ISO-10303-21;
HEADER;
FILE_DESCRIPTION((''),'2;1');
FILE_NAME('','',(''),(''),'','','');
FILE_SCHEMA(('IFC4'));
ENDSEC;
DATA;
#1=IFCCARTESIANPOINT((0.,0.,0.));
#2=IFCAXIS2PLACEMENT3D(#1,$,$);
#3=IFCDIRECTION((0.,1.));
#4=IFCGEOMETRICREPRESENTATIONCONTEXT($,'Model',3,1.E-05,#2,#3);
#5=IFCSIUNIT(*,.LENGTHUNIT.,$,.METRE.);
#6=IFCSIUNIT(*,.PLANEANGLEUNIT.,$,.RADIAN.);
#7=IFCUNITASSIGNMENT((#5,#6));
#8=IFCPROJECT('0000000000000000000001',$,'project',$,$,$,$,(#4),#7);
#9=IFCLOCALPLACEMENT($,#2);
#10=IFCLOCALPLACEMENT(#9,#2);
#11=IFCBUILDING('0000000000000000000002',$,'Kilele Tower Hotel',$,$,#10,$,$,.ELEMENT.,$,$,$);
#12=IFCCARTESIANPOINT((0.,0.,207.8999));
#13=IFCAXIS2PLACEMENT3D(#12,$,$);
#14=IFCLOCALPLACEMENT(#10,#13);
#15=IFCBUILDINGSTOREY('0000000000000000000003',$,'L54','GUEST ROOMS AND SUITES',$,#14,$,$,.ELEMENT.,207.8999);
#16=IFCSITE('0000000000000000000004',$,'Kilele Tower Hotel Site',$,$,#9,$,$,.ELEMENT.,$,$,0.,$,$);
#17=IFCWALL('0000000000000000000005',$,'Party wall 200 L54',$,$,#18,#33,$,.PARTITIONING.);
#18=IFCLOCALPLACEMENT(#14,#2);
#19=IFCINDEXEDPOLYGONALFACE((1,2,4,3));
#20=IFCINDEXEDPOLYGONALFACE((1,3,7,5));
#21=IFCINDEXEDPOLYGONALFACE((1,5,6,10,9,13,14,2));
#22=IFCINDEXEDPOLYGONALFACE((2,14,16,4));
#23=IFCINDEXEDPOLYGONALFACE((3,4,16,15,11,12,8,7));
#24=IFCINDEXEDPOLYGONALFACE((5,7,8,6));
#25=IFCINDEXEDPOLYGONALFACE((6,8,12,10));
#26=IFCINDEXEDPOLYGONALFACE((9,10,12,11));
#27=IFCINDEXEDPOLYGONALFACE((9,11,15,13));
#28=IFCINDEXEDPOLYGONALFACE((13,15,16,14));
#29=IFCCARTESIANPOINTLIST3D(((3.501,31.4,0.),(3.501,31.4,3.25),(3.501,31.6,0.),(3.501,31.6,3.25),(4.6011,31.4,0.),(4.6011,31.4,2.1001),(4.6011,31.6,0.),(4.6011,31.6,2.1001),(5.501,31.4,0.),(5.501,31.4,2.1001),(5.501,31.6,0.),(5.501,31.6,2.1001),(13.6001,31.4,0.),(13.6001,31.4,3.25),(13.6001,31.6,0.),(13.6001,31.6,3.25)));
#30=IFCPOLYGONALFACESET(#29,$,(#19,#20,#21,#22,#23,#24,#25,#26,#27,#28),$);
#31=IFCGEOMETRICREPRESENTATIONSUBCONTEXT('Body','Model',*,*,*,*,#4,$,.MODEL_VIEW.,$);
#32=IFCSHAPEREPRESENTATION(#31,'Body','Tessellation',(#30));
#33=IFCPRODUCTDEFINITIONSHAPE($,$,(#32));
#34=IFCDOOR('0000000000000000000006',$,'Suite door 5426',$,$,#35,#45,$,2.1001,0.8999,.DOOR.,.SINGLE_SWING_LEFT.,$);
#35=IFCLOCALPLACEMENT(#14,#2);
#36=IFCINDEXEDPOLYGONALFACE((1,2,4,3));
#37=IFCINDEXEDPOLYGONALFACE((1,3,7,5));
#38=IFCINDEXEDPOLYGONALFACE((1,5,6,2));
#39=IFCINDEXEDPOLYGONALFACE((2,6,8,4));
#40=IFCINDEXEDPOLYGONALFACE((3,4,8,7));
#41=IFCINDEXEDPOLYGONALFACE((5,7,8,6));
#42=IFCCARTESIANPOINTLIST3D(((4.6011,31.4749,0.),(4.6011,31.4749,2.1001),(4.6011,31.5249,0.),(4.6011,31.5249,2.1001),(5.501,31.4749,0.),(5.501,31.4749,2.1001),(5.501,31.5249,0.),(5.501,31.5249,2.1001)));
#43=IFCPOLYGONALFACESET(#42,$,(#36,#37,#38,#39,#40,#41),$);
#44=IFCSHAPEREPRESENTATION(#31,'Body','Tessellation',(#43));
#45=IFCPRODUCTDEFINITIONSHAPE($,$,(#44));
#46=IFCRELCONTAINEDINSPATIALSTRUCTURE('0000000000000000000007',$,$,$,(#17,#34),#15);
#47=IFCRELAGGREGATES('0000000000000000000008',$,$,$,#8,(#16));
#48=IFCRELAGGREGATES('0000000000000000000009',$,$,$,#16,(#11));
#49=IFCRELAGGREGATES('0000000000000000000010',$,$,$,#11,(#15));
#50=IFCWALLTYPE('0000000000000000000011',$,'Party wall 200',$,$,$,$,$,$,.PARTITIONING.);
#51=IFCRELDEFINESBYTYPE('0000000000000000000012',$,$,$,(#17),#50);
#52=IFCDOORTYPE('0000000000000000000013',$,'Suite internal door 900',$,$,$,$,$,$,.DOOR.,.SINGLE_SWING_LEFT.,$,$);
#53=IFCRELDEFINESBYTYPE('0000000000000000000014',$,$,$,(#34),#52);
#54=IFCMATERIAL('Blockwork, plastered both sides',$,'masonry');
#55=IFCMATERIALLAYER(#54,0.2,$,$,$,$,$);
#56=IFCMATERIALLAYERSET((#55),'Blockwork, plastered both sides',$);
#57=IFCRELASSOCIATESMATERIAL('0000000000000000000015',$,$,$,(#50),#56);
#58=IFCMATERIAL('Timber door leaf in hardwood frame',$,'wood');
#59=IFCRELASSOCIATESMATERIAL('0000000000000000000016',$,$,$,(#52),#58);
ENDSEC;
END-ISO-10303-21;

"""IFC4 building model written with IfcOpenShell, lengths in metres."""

from ifc_helpers import new_model, si_unit, direction, frame, frame_2d, origin, place, context, subcontext, project, spatial, rectangle, extrude, material, layer, layer_set, type_object, element, fill, save


model = new_model("IFC4")

# Units and contexts
model_context = context("Model", 3, precision=1e-05, world=origin(), true_north=direction((0.0, 1.0)))
body_context = subcontext(model_context, "Body", "Model", "MODEL_VIEW")
ifc_project = project(units=[si_unit("LENGTHUNIT", "METRE"), si_unit("PLANEANGLEUNIT", "RADIAN")], contexts=[model_context])

# Site, building, storey
site_placement = place(None, origin())
site = spatial("IfcSite", under=ifc_project, at=site_placement, Name="Kilele Tower Hotel Site", CompositionType="ELEMENT", RefElevation=0.0)
building_placement = place(site_placement, origin())
building = spatial("IfcBuilding", under=site, at=building_placement, Name="Kilele Tower Hotel", CompositionType="ELEMENT")
storey_placement = place(building_placement, frame((0.0, 0.0, 207.8999)))
storey = spatial("IfcBuildingStorey", under=building, at=storey_placement, Name="L54", Description="GUEST ROOMS AND SUITES", CompositionType="ELEMENT", Elevation=207.8999)

# Wall, opening, door
ifc_material_1 = material(Name="Blockwork, plastered both sides", Category="masonry")
ifc_layer_1 = layer(ifc_material_1, 0.2)
ifc_layer_set_1 = layer_set([ifc_layer_1], Name="Blockwork, plastered both sides")
wall_type_1 = type_object("IfcWallType", Name="Party wall 200", PredefinedType="PARTITIONING", material=ifc_layer_set_1)
wall_1_placement = place(storey_placement, frame((13.6001, 31.5, 0.0), z_axis=(0.0, 0.0, 1.0), x_axis=(-1.0, 0.0, 0.0)))
wall_1 = element("IfcWall", 1, at=wall_1_placement, inside=storey, type_object=wall_type_1, Name="Party wall 200 L54", PredefinedType="PARTITIONING", context=body_context, shape_type="SweptSolid", body=[
    extrude(rectangle(XDim=10.0991, YDim=0.2, at=frame_2d((5.0496, 0.0))), origin(), (0.0, 0.0, 1.0), 3.25),
])
opening_1_placement = place(wall_1_placement, frame((8.999, 0.0, 0.0), z_axis=(0.0, 0.0, 1.0), x_axis=(-1.0, 0.0, 0.0)))
opening_1 = element("IfcOpeningElement", 2, at=opening_1_placement, cuts=wall_1, PredefinedType="OPENING", context=body_context, shape_type="SweptSolid", body=[
    extrude(rectangle(XDim=0.8999, YDim=2.1001, at=frame_2d((0.45, 1.05))), frame((0.0, 0.1099, 0.0), z_axis=(0.0, -1.0, 0.0), x_axis=(1.0, 0.0, 0.0)), (0.0, 0.0, 1.0), 0.22),
])
ifc_material_2 = material(Name="Timber door leaf in hardwood frame", Category="wood")
door_type_1 = type_object("IfcDoorType", Name="Suite internal door 900", OperationType="SINGLE_SWING_LEFT", PredefinedType="DOOR", material=ifc_material_2)
door_1_placement = place(opening_1_placement, origin())
door_1 = element("IfcDoor", 3, at=door_1_placement, inside=storey, type_object=door_type_1, Name="Suite door 5426", OperationType="SINGLE_SWING_LEFT", OverallHeight=2.1001, OverallWidth=0.8999, PredefinedType="DOOR", context=body_context, shape_type="SweptSolid", body=[
    extrude(rectangle(XDim=0.8999, YDim=2.1001, at=frame_2d((0.45, 1.05))), frame((0.0, 0.0249, 0.0), z_axis=(0.0, -1.0, 0.0), x_axis=(1.0, 0.0, 0.0)), (0.0, 0.0, 1.0), 0.05),
])
fill(opening_1, door_1)

save(model, "model.ifc")
